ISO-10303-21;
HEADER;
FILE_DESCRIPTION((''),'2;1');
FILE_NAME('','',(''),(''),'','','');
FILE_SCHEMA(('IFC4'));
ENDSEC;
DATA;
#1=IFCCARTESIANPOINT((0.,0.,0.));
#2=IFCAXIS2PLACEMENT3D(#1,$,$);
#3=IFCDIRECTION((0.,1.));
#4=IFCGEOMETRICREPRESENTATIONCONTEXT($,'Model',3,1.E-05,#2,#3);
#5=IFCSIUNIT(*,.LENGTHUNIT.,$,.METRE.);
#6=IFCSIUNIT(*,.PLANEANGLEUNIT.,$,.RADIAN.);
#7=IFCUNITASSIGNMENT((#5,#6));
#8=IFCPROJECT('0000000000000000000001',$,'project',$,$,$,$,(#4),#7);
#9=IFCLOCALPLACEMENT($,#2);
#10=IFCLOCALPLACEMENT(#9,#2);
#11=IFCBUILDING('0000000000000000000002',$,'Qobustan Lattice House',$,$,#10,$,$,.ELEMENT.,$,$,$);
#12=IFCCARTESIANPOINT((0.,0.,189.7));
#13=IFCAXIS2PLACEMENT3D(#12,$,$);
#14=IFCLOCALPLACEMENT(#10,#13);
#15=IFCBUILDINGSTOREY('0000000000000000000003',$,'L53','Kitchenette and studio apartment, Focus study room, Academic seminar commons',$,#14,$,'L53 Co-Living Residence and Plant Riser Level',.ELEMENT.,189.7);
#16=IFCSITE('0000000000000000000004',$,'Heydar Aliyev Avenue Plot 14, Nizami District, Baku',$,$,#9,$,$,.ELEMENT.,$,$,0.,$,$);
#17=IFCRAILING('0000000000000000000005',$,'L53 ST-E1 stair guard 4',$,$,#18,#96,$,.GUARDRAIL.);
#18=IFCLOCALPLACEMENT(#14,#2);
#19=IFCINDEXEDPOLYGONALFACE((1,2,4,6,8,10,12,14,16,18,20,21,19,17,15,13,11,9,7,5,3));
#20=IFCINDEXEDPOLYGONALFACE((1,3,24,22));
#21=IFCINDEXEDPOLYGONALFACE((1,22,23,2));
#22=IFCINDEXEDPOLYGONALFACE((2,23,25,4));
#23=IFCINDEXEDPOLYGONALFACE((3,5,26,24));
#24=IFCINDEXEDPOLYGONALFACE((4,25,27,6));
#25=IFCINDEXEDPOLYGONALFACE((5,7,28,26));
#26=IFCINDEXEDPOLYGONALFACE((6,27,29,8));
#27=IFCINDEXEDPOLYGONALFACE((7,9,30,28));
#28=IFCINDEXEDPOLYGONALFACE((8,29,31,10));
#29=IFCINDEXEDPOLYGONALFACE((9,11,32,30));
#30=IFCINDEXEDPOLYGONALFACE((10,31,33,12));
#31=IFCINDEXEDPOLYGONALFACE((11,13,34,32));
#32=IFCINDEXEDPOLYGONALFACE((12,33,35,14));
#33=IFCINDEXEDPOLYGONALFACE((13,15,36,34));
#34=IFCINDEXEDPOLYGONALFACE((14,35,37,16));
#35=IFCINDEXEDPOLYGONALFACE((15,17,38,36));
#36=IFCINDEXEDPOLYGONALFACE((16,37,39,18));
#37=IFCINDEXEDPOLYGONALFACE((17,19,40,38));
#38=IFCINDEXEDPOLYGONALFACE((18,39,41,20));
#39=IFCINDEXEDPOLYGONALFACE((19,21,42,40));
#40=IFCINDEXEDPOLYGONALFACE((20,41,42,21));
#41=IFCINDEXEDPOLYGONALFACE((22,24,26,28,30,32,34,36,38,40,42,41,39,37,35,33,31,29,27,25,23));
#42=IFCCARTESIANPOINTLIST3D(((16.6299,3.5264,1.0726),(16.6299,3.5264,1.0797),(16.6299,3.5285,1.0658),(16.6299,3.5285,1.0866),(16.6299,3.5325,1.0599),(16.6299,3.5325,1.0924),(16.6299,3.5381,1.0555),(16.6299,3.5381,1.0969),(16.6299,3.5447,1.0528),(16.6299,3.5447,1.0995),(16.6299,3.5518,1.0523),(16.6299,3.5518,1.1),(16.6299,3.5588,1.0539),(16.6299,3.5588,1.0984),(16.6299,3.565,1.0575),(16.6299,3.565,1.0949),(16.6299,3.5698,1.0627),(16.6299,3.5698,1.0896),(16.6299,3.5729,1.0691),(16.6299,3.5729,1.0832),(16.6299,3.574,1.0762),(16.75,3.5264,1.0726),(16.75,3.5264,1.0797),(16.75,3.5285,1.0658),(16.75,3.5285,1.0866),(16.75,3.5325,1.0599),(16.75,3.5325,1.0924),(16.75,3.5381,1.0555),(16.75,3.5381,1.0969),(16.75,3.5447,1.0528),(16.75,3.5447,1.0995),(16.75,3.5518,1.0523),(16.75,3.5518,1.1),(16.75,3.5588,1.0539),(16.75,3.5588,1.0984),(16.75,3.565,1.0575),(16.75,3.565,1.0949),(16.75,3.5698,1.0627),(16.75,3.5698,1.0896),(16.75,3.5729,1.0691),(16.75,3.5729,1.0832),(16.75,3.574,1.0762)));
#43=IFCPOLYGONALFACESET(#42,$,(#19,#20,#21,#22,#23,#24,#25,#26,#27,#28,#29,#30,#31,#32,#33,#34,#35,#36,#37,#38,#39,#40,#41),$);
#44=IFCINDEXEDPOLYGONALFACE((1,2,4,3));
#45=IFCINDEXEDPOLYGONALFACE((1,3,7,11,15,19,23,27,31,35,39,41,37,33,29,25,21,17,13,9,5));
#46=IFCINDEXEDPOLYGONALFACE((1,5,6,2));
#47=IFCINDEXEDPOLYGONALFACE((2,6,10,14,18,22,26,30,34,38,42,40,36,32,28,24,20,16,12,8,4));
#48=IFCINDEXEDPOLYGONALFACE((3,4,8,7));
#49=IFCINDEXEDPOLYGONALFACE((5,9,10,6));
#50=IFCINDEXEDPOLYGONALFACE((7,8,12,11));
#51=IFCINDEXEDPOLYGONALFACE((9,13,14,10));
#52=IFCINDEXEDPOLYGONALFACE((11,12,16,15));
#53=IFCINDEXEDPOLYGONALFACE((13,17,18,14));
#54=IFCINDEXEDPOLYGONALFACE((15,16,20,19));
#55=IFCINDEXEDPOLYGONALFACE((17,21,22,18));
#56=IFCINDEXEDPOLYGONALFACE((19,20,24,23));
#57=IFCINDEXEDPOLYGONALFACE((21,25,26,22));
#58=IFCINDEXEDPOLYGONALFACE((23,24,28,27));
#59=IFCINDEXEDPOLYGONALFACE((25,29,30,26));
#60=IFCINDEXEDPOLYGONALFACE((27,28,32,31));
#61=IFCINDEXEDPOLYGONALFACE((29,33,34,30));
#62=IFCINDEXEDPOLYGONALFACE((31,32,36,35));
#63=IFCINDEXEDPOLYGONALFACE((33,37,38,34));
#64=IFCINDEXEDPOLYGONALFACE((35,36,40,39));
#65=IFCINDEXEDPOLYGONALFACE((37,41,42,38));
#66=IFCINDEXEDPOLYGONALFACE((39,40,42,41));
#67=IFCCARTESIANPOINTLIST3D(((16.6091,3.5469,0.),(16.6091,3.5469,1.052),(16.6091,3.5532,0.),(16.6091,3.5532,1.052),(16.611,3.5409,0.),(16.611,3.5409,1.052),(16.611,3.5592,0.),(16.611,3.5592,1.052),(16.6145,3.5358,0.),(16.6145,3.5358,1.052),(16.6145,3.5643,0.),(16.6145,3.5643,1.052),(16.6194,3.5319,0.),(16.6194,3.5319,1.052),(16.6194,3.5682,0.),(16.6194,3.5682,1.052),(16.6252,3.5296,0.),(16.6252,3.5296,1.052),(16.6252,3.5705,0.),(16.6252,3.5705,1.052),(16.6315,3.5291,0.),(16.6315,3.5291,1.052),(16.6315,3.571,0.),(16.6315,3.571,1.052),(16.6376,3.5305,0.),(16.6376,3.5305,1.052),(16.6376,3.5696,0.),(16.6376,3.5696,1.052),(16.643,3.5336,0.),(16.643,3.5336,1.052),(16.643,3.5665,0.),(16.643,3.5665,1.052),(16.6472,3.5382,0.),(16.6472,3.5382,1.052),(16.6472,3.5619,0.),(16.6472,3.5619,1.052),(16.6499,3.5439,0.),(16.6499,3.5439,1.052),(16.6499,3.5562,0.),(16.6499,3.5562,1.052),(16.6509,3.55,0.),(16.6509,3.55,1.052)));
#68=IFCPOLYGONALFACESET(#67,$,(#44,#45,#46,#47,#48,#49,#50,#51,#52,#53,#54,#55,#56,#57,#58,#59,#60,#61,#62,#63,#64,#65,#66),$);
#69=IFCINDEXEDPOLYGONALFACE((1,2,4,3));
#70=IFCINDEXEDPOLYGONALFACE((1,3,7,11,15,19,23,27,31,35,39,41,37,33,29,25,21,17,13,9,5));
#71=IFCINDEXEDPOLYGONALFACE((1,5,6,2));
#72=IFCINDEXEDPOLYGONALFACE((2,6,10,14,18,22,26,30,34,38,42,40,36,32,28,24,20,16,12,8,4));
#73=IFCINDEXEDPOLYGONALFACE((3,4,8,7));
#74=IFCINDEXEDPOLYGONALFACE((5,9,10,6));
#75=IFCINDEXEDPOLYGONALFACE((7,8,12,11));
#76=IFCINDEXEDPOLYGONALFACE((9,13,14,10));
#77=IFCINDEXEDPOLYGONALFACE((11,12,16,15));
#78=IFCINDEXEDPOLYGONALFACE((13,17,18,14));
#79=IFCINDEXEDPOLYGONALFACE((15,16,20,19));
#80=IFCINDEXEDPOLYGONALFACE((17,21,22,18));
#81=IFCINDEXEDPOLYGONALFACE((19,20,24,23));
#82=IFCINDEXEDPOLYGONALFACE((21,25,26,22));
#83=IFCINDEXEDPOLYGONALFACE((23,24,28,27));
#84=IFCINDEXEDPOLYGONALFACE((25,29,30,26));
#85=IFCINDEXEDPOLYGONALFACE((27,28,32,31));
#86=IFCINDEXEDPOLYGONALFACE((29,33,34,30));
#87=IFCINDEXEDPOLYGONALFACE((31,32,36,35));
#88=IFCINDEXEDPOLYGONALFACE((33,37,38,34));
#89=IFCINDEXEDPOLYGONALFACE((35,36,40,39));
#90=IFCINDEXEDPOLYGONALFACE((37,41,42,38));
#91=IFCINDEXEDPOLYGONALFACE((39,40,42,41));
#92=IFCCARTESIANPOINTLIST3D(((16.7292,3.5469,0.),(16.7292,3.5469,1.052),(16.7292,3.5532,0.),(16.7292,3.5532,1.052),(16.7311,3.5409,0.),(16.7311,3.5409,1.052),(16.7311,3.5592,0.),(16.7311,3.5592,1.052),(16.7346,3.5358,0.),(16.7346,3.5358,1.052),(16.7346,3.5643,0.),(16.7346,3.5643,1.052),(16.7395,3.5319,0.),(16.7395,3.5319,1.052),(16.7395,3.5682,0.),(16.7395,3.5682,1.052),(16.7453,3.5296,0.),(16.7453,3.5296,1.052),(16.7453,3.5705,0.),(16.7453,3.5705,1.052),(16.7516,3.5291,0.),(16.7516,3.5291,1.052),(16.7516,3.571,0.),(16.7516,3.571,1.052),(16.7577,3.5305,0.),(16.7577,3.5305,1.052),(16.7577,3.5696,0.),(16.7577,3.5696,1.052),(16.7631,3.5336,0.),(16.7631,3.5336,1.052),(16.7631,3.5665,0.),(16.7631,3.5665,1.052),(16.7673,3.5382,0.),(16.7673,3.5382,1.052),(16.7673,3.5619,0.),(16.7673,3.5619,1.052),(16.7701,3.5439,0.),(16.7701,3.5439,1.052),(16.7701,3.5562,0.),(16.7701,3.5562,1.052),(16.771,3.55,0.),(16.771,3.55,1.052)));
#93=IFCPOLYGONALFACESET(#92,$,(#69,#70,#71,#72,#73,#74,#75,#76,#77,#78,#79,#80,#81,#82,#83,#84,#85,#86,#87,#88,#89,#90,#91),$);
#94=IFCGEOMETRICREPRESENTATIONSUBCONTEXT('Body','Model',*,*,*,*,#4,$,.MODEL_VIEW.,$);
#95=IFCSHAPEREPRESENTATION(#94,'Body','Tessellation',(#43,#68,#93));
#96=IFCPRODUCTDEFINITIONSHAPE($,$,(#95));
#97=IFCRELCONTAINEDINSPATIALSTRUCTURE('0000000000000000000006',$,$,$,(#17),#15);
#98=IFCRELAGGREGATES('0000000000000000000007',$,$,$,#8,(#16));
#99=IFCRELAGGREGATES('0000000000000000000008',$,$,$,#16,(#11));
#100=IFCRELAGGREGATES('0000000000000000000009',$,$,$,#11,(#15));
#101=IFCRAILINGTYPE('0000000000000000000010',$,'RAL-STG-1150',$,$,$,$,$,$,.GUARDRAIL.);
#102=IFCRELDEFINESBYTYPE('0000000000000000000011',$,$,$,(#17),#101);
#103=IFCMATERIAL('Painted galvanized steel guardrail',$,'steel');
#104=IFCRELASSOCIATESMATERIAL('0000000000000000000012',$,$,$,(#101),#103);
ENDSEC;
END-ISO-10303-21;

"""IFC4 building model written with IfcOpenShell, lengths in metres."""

from ifc_helpers import new_model, si_unit, direction, frame, origin, origin_2d, place, context, subcontext, project, spatial, circle, extrude, material, type_object, element, save


model = new_model("IFC4")

# Units and contexts
model_context = context("Model", 3, precision=1e-05, world=origin(), true_north=direction((0.0, 1.0)))
body_context = subcontext(model_context, "Body", "Model", "MODEL_VIEW")
ifc_project = project(units=[si_unit("LENGTHUNIT", "METRE"), si_unit("PLANEANGLEUNIT", "RADIAN")], contexts=[model_context])

# Site, building, storey
site_placement = place(None, origin())
site = spatial("IfcSite", under=ifc_project, at=site_placement, Name="Heydar Aliyev Avenue Plot 14, Nizami District, Baku", CompositionType="ELEMENT", RefElevation=0.0)
building_placement = place(site_placement, origin())
building = spatial("IfcBuilding", under=site, at=building_placement, Name="Qobustan Lattice House", CompositionType="ELEMENT")
storey_placement = place(building_placement, frame((0.0, 0.0, 189.7)))
storey = spatial("IfcBuildingStorey", under=building, at=storey_placement, Name="L53", Description="Kitchenette and studio apartment, Focus study room, Academic seminar commons", LongName="L53 Co-Living Residence and Plant Riser Level", CompositionType="ELEMENT", Elevation=189.7)

# Railing
ifc_material_1 = material(Name="Painted galvanized steel guardrail", Category="steel")
railing_type_1 = type_object("IfcRailingType", Name="RAL-STG-1150", PredefinedType="GUARDRAIL", material=ifc_material_1)
railing_1_placement = place(storey_placement, frame((16.6299, 3.55, 0.0)))
element("IfcRailing", 1, at=railing_1_placement, inside=storey, type_object=railing_type_1, Name="L53 ST-E1 stair guard 4", PredefinedType="GUARDRAIL", context=body_context, shape_type="SweptSolid", body=[
    extrude(circle(Radius=0.0239, at=origin_2d()), frame((0.0, 0.0, 1.0762), z_axis=(1.0, 0.0, 0.0), x_axis=(0.0, 1.0, 0.0)), (0.0, 0.0, 1.0), 0.1201),
    extrude(circle(Radius=0.021, at=origin_2d()), origin(), (0.0, 0.0, 1.0), 1.052),
    extrude(circle(Radius=0.021, at=origin_2d()), frame((0.1201, 0.0, 0.0)), (0.0, 0.0, 1.0), 1.052),
])

save(model, "model.ifc")
